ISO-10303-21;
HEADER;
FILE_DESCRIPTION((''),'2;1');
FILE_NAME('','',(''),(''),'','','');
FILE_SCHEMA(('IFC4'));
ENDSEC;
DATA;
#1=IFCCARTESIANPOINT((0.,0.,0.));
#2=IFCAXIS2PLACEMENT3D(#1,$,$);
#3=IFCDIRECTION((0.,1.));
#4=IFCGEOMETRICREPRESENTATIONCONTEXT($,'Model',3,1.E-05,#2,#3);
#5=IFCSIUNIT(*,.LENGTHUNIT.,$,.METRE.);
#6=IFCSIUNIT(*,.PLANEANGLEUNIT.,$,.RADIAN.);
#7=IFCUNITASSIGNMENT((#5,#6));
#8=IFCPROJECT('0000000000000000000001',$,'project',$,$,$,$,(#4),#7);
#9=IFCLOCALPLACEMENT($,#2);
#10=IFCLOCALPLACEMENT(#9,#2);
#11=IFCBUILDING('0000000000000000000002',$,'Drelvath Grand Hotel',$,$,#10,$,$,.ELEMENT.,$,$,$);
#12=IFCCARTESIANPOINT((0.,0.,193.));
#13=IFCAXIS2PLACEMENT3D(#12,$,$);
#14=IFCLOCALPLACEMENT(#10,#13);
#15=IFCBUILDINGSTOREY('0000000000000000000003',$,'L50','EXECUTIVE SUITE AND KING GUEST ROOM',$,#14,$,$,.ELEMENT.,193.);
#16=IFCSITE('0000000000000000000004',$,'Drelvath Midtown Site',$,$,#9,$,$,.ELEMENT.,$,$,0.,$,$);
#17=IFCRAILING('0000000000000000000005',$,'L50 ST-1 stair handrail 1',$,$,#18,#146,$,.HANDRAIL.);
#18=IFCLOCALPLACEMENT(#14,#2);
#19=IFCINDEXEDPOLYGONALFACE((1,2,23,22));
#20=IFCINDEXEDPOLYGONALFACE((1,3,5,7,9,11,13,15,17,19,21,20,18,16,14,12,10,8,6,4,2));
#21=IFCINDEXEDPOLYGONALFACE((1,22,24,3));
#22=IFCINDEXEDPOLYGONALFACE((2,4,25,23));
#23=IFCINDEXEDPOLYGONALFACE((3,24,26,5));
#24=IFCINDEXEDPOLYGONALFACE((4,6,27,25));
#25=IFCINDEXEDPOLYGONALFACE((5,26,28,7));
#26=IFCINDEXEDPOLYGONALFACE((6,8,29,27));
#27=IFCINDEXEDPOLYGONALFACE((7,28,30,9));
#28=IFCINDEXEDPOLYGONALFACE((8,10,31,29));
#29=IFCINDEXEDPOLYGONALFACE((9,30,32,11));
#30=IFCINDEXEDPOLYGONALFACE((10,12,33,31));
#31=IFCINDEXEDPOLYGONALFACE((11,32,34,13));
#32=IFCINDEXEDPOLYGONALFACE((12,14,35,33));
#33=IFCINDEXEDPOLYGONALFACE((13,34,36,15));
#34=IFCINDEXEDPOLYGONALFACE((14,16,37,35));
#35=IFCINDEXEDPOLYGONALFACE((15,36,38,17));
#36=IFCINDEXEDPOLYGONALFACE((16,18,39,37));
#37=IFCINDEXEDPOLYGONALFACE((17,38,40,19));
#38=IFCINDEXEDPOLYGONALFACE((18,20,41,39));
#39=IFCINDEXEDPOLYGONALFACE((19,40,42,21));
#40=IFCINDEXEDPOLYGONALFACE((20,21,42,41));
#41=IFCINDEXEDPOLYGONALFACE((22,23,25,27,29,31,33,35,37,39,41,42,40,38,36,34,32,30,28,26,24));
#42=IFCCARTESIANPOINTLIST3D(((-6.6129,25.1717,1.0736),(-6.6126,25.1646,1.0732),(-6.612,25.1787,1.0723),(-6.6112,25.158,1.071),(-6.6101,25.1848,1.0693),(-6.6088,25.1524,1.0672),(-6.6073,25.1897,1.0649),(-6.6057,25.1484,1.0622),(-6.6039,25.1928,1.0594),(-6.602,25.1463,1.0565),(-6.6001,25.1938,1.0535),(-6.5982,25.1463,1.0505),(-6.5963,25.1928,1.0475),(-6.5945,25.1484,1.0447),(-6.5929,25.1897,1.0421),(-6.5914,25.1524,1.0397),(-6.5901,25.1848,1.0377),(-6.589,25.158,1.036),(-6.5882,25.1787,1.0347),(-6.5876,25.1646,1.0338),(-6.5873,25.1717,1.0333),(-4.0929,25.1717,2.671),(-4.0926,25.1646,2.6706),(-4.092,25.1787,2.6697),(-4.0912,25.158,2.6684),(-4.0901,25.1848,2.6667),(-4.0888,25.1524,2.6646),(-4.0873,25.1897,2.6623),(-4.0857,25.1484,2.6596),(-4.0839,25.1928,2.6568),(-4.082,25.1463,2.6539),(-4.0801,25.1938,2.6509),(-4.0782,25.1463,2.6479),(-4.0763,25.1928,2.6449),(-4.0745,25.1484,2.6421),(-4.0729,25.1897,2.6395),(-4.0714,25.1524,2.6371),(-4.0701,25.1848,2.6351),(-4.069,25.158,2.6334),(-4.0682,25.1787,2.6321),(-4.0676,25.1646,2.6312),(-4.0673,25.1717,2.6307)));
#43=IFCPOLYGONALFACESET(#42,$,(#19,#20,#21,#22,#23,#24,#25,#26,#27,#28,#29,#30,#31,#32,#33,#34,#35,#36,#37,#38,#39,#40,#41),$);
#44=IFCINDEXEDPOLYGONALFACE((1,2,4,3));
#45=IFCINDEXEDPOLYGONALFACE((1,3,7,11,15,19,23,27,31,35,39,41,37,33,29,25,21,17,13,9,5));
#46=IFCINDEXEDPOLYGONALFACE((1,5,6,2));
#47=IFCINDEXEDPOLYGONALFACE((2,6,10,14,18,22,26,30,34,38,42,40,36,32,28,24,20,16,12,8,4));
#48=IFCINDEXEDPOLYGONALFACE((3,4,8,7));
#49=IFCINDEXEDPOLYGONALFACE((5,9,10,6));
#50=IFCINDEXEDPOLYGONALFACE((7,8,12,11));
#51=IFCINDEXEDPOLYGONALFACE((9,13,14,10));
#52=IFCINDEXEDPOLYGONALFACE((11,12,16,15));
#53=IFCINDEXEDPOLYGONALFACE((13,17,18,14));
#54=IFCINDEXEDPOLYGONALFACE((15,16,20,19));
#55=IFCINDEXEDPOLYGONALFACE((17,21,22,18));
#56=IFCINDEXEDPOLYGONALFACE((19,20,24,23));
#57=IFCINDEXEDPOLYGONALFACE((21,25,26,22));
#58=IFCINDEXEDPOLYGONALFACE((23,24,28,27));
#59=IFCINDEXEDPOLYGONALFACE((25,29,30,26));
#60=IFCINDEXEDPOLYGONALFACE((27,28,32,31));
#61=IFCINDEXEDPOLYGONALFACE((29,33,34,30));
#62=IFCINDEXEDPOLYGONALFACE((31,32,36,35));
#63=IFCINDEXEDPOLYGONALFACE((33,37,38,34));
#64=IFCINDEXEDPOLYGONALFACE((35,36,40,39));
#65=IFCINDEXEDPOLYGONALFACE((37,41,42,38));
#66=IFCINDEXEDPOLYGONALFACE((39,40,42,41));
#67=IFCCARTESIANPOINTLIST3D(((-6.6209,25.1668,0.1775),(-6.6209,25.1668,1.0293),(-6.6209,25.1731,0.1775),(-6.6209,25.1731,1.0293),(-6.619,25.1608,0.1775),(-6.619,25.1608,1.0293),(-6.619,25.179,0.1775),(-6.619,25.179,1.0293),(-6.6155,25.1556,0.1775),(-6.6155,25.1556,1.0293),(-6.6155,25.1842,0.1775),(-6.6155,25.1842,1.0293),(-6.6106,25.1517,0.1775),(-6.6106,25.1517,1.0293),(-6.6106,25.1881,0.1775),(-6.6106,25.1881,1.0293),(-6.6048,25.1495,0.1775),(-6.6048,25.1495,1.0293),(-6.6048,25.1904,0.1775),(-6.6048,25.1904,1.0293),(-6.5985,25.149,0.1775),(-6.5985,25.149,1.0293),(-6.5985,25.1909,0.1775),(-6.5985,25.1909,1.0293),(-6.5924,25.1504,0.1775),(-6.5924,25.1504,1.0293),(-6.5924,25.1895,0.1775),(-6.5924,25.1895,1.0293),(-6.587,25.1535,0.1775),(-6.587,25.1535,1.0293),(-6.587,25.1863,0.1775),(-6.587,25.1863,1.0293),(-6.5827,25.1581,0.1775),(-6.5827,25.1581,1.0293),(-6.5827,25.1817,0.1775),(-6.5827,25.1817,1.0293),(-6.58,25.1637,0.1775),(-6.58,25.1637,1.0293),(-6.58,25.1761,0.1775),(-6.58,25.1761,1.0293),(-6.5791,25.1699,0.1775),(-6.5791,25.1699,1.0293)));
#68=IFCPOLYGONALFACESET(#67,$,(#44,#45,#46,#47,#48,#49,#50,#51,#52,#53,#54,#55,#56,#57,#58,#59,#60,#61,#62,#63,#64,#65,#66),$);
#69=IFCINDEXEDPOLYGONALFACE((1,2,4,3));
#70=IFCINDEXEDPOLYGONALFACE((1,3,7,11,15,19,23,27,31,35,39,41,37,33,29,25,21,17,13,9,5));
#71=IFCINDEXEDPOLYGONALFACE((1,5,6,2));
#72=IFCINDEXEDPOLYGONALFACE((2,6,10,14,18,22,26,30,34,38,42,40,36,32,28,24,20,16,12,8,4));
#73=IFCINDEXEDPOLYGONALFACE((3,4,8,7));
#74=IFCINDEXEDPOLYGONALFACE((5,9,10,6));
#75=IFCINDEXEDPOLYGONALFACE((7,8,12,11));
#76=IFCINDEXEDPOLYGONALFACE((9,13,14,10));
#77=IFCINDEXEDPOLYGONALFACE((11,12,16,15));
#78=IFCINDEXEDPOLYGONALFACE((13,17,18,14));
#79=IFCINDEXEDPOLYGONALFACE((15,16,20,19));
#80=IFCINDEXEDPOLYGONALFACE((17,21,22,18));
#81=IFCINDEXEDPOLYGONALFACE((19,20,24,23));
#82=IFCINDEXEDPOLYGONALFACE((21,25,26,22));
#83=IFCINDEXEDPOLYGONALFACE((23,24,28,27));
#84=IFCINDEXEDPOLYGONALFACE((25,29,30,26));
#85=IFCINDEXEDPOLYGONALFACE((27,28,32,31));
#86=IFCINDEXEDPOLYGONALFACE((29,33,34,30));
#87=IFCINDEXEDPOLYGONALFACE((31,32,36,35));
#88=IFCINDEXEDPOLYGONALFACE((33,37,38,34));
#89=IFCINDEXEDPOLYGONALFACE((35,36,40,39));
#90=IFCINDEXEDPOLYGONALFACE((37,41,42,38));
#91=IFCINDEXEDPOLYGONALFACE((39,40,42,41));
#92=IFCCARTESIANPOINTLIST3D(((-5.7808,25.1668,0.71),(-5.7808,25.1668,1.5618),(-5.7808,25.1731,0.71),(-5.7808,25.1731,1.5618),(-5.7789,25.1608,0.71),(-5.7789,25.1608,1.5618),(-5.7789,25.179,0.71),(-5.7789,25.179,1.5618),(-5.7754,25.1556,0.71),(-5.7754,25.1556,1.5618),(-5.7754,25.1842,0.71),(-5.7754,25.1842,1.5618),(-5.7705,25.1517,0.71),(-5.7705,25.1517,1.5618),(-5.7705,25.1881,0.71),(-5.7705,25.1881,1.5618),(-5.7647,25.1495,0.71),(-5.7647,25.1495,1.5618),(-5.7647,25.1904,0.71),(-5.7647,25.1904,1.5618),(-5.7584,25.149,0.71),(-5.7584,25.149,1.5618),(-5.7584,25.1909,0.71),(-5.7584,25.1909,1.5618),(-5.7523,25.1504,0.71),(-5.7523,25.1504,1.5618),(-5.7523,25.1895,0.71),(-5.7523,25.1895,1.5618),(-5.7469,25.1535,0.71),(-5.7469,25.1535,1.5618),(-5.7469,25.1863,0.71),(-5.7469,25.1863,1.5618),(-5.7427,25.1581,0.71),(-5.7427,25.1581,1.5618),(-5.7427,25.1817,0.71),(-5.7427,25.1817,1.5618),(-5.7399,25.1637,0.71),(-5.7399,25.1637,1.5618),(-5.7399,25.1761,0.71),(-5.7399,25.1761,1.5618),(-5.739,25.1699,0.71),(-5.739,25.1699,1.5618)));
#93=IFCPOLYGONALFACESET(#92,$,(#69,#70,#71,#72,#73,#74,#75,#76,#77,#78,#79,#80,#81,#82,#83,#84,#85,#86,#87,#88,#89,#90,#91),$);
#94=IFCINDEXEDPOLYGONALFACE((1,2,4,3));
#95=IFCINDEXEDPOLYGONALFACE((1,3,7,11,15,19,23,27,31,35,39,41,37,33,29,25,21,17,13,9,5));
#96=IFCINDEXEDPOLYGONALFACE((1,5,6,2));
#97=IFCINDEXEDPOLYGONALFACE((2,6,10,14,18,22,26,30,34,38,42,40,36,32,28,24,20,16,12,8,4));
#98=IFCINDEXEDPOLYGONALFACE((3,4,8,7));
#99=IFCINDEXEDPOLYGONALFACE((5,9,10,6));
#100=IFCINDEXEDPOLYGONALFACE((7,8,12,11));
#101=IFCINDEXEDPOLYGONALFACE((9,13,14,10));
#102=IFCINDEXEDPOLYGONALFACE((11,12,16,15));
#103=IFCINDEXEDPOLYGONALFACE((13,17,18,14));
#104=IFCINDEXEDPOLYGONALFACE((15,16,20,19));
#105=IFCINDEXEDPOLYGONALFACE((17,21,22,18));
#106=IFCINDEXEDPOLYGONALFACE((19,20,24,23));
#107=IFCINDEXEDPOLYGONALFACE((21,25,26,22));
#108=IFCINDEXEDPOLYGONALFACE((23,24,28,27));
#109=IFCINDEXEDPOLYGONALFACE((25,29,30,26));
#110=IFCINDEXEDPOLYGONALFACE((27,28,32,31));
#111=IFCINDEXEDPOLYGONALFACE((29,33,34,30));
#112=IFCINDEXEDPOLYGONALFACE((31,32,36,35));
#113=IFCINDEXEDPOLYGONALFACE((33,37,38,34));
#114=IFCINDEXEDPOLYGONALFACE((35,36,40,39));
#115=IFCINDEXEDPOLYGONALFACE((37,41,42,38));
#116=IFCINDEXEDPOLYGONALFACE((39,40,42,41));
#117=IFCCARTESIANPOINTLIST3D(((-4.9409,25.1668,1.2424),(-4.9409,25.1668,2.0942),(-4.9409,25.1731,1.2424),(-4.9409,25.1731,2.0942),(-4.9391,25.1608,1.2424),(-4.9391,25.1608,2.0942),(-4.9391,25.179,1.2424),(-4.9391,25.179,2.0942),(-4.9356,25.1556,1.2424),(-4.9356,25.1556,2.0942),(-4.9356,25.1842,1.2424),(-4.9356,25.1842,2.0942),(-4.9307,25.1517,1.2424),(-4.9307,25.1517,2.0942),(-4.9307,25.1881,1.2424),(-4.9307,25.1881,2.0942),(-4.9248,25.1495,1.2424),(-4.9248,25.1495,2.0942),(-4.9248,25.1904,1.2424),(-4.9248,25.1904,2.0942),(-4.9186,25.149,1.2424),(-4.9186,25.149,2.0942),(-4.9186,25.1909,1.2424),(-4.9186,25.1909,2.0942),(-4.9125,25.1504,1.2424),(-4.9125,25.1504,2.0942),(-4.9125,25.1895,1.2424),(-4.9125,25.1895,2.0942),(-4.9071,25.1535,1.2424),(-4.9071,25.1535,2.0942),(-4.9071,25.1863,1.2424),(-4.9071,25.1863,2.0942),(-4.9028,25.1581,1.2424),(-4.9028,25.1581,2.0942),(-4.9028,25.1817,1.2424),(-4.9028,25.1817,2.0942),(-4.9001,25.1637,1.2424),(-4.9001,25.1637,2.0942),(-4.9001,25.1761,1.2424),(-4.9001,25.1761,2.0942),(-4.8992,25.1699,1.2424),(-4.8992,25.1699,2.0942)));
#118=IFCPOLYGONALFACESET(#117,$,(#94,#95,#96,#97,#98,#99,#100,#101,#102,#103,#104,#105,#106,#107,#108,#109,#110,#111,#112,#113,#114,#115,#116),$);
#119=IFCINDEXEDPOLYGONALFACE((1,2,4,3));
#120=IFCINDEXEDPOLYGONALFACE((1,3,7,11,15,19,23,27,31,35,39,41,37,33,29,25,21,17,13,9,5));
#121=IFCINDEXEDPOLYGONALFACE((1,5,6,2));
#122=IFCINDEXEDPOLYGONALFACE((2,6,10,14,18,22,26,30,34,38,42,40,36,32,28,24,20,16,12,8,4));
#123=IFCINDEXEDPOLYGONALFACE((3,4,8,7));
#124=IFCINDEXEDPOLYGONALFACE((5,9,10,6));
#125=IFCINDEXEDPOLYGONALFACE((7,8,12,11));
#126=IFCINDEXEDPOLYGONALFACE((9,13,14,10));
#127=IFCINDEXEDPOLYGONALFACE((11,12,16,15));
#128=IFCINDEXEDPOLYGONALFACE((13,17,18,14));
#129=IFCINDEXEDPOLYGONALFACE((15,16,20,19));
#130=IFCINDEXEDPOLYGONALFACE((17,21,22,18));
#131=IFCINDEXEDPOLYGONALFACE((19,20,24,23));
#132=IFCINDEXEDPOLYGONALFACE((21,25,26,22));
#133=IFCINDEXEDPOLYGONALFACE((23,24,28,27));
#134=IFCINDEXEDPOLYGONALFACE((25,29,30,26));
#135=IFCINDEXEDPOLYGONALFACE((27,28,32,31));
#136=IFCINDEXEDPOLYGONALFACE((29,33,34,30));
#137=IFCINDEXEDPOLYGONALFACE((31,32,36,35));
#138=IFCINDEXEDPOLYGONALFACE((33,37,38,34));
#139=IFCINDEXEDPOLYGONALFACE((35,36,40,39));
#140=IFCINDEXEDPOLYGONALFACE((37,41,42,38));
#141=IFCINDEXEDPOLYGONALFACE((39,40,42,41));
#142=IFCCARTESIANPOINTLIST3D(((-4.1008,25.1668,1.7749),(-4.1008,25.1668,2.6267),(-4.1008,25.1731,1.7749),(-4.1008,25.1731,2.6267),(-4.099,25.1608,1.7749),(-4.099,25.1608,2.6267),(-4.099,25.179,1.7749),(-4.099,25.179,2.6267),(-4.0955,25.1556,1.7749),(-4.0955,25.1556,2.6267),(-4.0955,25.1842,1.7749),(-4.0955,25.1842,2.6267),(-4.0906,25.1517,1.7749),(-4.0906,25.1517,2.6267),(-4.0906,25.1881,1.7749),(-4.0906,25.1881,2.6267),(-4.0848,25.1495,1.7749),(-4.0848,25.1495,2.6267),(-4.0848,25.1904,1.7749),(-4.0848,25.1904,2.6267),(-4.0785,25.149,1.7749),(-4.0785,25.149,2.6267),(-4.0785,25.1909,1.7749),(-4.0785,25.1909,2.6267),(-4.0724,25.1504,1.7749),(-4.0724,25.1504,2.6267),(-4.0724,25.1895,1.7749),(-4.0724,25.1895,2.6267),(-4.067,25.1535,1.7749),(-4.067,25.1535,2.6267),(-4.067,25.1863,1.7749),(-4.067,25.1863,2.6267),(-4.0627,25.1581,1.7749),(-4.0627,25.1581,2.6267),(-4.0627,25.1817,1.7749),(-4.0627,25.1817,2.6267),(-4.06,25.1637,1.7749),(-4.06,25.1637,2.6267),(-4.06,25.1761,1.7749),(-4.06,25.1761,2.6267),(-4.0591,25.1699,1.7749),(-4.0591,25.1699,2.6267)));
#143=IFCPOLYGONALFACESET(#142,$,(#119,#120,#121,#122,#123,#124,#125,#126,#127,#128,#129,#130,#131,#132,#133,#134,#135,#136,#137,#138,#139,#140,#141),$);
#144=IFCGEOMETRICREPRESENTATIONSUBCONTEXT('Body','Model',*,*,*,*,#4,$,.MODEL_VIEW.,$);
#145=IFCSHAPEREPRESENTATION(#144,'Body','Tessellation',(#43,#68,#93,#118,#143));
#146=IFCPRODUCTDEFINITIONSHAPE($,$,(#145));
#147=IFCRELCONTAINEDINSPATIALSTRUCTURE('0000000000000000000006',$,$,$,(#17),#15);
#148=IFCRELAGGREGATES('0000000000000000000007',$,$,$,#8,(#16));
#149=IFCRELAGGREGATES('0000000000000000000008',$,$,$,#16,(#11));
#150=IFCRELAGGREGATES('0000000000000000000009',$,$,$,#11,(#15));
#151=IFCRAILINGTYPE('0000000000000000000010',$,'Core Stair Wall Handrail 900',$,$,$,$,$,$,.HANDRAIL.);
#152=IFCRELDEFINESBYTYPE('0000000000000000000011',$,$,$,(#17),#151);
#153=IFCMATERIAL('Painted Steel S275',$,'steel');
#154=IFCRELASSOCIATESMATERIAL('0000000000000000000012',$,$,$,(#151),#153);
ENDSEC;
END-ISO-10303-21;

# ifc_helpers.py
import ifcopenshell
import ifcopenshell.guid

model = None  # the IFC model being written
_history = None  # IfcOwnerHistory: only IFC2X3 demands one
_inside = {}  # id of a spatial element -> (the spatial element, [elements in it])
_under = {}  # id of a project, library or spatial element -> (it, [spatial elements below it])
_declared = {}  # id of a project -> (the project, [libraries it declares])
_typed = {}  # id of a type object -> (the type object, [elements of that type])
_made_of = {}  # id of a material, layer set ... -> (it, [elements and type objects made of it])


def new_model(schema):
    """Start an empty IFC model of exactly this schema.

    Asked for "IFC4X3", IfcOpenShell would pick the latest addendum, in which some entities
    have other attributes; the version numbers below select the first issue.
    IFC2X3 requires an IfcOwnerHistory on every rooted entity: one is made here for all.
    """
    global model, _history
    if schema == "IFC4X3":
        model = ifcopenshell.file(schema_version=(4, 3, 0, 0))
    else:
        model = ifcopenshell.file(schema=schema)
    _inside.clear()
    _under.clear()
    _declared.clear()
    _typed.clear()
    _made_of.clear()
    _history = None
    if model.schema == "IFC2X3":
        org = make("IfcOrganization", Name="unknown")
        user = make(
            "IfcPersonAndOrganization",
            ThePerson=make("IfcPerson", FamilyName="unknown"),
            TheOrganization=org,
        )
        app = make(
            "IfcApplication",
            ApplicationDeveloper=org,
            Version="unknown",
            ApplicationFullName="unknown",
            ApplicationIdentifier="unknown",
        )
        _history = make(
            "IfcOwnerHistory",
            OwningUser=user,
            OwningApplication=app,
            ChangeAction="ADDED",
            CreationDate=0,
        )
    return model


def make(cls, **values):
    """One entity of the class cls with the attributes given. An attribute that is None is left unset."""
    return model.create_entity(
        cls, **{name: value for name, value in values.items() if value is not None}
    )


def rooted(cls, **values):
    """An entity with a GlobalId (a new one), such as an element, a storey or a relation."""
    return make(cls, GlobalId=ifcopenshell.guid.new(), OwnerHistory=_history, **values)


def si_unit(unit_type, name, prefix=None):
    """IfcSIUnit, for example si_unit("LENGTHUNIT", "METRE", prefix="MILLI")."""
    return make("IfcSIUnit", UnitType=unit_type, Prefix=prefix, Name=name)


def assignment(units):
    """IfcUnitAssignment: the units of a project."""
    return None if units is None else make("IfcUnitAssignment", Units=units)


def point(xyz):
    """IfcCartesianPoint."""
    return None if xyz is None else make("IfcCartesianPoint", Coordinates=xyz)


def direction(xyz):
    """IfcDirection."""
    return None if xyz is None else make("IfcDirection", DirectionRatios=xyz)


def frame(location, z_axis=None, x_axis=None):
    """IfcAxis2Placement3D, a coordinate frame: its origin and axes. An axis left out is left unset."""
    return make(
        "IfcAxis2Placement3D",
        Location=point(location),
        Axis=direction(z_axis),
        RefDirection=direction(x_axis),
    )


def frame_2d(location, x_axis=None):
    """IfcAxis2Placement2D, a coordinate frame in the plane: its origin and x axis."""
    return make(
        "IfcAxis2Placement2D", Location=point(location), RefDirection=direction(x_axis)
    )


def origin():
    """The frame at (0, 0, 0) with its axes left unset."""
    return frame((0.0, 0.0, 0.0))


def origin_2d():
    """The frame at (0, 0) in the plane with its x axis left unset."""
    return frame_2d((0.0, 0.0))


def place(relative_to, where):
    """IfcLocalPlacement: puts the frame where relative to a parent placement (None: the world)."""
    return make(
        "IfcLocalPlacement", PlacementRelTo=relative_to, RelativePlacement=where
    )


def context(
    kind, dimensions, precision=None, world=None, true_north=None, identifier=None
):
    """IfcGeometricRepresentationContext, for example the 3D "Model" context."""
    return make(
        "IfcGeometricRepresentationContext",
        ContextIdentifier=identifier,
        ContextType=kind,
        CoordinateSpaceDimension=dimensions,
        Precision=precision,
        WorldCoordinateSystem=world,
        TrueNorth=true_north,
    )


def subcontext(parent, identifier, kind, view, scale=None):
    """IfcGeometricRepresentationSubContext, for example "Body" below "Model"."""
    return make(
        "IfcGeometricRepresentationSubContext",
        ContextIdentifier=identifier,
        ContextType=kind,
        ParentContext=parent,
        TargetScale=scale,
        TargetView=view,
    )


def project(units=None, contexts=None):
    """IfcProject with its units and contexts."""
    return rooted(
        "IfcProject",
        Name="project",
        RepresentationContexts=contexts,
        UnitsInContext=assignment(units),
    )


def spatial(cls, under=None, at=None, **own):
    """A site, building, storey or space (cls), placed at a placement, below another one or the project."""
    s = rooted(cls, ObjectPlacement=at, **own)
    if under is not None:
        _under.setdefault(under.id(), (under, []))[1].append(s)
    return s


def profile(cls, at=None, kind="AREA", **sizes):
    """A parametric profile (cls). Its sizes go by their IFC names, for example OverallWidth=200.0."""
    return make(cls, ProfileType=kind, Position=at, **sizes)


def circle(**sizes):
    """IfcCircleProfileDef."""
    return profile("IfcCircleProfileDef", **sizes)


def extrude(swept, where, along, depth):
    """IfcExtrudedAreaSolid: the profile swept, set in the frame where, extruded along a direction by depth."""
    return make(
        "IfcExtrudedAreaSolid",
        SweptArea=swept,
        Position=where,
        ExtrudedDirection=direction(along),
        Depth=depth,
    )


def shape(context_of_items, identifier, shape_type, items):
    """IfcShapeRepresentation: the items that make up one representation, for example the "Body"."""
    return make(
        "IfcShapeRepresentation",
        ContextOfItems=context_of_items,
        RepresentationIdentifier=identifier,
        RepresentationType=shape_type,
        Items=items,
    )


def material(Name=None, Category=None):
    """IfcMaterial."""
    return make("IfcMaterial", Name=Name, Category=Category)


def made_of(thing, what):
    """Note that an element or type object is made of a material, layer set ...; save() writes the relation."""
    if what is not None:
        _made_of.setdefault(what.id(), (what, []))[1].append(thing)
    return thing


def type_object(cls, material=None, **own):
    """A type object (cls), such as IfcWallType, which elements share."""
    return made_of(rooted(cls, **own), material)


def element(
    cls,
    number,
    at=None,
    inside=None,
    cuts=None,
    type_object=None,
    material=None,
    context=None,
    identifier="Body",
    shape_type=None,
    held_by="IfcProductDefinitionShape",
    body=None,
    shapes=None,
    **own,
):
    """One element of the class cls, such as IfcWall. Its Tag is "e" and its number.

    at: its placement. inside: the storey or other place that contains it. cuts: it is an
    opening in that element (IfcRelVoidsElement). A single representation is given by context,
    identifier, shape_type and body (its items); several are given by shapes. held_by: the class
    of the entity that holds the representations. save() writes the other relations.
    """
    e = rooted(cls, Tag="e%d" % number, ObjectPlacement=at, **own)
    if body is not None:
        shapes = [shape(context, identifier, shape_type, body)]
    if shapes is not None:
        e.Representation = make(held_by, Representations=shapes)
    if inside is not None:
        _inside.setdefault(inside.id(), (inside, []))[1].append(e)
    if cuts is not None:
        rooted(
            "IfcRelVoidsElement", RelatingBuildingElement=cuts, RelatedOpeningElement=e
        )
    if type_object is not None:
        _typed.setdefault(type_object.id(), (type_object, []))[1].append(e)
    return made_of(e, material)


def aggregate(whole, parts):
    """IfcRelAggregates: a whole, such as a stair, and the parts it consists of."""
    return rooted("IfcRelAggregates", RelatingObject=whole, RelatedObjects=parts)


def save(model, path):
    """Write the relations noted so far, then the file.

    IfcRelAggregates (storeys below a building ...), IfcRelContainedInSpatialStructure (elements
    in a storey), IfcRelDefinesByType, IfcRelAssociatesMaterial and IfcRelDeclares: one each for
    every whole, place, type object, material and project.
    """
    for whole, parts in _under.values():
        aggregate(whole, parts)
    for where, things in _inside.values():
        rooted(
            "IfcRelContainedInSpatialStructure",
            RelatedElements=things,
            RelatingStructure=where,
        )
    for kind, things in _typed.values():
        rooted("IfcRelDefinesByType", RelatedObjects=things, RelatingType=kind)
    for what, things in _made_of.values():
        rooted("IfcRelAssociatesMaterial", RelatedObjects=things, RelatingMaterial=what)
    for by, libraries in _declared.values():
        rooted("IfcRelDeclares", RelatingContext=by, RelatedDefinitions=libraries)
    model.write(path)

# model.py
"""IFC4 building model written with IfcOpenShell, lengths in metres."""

from ifc_helpers import new_model, si_unit, direction, frame, origin, origin_2d, place, context, subcontext, project, spatial, circle, extrude, material, type_object, element, save


model = new_model("IFC4")

# Units and contexts
model_context = context("Model", 3, precision=1e-05, world=origin(), true_north=direction((0.0, 1.0)))
body_context = subcontext(model_context, "Body", "Model", "MODEL_VIEW")
ifc_project = project(units=[si_unit("LENGTHUNIT", "METRE"), si_unit("PLANEANGLEUNIT", "RADIAN")], contexts=[model_context])

# Site, building, storey
site_placement = place(None, origin())
site = spatial("IfcSite", under=ifc_project, at=site_placement, Name="Drelvath Midtown Site", CompositionType="ELEMENT", RefElevation=0.0)
building_placement = place(site_placement, origin())
building = spatial("IfcBuilding", under=site, at=building_placement, Name="Drelvath Grand Hotel", CompositionType="ELEMENT")
storey_placement = place(building_placement, frame((0.0, 0.0, 193.0)))
storey = spatial("IfcBuildingStorey", under=building, at=storey_placement, Name="L50", Description="EXECUTIVE SUITE AND KING GUEST ROOM", CompositionType="ELEMENT", Elevation=193.0)

# Shared definitions
ifc_material_1 = material(Name="Painted Steel S275", Category="steel")

# Railing
railing_type_1 = type_object("IfcRailingType", Name="Core Stair Wall Handrail 900", PredefinedType="HANDRAIL", material=ifc_material_1)
railing_1_placement = place(storey_placement, frame((-6.6001, 25.1699, 0.1775)))
element("IfcRailing", 1, at=railing_1_placement, inside=storey, type_object=railing_type_1, Name="L50 ST-1 stair handrail 1", PredefinedType="HANDRAIL", context=body_context, shape_type="SweptSolid", body=[
    extrude(circle(Radius=0.0239, at=origin_2d()), frame((0.0, 0.0, 0.876), z_axis=(0.844607, 0.0, 0.535387), x_axis=(0.0, 1.0, 0.0)), (0.0, 0.0, 1.0), 2.9836),
    extrude(circle(Radius=0.021, at=origin_2d()), origin(), (0.0, 0.0, 1.0), 0.8518),
    extrude(circle(Radius=0.021, at=origin_2d()), frame((0.8401, 0.0, 0.5325)), (0.0, 0.0, 1.0), 0.8518),
    extrude(circle(Radius=0.021, at=origin_2d()), frame((1.6799, 0.0, 1.0649)), (0.0, 0.0, 1.0), 0.8518),
    extrude(circle(Radius=0.021, at=origin_2d()), frame((2.52, 0.0, 1.5974)), (0.0, 0.0, 1.0), 0.8518),
])

save(model, "model.ifc")
